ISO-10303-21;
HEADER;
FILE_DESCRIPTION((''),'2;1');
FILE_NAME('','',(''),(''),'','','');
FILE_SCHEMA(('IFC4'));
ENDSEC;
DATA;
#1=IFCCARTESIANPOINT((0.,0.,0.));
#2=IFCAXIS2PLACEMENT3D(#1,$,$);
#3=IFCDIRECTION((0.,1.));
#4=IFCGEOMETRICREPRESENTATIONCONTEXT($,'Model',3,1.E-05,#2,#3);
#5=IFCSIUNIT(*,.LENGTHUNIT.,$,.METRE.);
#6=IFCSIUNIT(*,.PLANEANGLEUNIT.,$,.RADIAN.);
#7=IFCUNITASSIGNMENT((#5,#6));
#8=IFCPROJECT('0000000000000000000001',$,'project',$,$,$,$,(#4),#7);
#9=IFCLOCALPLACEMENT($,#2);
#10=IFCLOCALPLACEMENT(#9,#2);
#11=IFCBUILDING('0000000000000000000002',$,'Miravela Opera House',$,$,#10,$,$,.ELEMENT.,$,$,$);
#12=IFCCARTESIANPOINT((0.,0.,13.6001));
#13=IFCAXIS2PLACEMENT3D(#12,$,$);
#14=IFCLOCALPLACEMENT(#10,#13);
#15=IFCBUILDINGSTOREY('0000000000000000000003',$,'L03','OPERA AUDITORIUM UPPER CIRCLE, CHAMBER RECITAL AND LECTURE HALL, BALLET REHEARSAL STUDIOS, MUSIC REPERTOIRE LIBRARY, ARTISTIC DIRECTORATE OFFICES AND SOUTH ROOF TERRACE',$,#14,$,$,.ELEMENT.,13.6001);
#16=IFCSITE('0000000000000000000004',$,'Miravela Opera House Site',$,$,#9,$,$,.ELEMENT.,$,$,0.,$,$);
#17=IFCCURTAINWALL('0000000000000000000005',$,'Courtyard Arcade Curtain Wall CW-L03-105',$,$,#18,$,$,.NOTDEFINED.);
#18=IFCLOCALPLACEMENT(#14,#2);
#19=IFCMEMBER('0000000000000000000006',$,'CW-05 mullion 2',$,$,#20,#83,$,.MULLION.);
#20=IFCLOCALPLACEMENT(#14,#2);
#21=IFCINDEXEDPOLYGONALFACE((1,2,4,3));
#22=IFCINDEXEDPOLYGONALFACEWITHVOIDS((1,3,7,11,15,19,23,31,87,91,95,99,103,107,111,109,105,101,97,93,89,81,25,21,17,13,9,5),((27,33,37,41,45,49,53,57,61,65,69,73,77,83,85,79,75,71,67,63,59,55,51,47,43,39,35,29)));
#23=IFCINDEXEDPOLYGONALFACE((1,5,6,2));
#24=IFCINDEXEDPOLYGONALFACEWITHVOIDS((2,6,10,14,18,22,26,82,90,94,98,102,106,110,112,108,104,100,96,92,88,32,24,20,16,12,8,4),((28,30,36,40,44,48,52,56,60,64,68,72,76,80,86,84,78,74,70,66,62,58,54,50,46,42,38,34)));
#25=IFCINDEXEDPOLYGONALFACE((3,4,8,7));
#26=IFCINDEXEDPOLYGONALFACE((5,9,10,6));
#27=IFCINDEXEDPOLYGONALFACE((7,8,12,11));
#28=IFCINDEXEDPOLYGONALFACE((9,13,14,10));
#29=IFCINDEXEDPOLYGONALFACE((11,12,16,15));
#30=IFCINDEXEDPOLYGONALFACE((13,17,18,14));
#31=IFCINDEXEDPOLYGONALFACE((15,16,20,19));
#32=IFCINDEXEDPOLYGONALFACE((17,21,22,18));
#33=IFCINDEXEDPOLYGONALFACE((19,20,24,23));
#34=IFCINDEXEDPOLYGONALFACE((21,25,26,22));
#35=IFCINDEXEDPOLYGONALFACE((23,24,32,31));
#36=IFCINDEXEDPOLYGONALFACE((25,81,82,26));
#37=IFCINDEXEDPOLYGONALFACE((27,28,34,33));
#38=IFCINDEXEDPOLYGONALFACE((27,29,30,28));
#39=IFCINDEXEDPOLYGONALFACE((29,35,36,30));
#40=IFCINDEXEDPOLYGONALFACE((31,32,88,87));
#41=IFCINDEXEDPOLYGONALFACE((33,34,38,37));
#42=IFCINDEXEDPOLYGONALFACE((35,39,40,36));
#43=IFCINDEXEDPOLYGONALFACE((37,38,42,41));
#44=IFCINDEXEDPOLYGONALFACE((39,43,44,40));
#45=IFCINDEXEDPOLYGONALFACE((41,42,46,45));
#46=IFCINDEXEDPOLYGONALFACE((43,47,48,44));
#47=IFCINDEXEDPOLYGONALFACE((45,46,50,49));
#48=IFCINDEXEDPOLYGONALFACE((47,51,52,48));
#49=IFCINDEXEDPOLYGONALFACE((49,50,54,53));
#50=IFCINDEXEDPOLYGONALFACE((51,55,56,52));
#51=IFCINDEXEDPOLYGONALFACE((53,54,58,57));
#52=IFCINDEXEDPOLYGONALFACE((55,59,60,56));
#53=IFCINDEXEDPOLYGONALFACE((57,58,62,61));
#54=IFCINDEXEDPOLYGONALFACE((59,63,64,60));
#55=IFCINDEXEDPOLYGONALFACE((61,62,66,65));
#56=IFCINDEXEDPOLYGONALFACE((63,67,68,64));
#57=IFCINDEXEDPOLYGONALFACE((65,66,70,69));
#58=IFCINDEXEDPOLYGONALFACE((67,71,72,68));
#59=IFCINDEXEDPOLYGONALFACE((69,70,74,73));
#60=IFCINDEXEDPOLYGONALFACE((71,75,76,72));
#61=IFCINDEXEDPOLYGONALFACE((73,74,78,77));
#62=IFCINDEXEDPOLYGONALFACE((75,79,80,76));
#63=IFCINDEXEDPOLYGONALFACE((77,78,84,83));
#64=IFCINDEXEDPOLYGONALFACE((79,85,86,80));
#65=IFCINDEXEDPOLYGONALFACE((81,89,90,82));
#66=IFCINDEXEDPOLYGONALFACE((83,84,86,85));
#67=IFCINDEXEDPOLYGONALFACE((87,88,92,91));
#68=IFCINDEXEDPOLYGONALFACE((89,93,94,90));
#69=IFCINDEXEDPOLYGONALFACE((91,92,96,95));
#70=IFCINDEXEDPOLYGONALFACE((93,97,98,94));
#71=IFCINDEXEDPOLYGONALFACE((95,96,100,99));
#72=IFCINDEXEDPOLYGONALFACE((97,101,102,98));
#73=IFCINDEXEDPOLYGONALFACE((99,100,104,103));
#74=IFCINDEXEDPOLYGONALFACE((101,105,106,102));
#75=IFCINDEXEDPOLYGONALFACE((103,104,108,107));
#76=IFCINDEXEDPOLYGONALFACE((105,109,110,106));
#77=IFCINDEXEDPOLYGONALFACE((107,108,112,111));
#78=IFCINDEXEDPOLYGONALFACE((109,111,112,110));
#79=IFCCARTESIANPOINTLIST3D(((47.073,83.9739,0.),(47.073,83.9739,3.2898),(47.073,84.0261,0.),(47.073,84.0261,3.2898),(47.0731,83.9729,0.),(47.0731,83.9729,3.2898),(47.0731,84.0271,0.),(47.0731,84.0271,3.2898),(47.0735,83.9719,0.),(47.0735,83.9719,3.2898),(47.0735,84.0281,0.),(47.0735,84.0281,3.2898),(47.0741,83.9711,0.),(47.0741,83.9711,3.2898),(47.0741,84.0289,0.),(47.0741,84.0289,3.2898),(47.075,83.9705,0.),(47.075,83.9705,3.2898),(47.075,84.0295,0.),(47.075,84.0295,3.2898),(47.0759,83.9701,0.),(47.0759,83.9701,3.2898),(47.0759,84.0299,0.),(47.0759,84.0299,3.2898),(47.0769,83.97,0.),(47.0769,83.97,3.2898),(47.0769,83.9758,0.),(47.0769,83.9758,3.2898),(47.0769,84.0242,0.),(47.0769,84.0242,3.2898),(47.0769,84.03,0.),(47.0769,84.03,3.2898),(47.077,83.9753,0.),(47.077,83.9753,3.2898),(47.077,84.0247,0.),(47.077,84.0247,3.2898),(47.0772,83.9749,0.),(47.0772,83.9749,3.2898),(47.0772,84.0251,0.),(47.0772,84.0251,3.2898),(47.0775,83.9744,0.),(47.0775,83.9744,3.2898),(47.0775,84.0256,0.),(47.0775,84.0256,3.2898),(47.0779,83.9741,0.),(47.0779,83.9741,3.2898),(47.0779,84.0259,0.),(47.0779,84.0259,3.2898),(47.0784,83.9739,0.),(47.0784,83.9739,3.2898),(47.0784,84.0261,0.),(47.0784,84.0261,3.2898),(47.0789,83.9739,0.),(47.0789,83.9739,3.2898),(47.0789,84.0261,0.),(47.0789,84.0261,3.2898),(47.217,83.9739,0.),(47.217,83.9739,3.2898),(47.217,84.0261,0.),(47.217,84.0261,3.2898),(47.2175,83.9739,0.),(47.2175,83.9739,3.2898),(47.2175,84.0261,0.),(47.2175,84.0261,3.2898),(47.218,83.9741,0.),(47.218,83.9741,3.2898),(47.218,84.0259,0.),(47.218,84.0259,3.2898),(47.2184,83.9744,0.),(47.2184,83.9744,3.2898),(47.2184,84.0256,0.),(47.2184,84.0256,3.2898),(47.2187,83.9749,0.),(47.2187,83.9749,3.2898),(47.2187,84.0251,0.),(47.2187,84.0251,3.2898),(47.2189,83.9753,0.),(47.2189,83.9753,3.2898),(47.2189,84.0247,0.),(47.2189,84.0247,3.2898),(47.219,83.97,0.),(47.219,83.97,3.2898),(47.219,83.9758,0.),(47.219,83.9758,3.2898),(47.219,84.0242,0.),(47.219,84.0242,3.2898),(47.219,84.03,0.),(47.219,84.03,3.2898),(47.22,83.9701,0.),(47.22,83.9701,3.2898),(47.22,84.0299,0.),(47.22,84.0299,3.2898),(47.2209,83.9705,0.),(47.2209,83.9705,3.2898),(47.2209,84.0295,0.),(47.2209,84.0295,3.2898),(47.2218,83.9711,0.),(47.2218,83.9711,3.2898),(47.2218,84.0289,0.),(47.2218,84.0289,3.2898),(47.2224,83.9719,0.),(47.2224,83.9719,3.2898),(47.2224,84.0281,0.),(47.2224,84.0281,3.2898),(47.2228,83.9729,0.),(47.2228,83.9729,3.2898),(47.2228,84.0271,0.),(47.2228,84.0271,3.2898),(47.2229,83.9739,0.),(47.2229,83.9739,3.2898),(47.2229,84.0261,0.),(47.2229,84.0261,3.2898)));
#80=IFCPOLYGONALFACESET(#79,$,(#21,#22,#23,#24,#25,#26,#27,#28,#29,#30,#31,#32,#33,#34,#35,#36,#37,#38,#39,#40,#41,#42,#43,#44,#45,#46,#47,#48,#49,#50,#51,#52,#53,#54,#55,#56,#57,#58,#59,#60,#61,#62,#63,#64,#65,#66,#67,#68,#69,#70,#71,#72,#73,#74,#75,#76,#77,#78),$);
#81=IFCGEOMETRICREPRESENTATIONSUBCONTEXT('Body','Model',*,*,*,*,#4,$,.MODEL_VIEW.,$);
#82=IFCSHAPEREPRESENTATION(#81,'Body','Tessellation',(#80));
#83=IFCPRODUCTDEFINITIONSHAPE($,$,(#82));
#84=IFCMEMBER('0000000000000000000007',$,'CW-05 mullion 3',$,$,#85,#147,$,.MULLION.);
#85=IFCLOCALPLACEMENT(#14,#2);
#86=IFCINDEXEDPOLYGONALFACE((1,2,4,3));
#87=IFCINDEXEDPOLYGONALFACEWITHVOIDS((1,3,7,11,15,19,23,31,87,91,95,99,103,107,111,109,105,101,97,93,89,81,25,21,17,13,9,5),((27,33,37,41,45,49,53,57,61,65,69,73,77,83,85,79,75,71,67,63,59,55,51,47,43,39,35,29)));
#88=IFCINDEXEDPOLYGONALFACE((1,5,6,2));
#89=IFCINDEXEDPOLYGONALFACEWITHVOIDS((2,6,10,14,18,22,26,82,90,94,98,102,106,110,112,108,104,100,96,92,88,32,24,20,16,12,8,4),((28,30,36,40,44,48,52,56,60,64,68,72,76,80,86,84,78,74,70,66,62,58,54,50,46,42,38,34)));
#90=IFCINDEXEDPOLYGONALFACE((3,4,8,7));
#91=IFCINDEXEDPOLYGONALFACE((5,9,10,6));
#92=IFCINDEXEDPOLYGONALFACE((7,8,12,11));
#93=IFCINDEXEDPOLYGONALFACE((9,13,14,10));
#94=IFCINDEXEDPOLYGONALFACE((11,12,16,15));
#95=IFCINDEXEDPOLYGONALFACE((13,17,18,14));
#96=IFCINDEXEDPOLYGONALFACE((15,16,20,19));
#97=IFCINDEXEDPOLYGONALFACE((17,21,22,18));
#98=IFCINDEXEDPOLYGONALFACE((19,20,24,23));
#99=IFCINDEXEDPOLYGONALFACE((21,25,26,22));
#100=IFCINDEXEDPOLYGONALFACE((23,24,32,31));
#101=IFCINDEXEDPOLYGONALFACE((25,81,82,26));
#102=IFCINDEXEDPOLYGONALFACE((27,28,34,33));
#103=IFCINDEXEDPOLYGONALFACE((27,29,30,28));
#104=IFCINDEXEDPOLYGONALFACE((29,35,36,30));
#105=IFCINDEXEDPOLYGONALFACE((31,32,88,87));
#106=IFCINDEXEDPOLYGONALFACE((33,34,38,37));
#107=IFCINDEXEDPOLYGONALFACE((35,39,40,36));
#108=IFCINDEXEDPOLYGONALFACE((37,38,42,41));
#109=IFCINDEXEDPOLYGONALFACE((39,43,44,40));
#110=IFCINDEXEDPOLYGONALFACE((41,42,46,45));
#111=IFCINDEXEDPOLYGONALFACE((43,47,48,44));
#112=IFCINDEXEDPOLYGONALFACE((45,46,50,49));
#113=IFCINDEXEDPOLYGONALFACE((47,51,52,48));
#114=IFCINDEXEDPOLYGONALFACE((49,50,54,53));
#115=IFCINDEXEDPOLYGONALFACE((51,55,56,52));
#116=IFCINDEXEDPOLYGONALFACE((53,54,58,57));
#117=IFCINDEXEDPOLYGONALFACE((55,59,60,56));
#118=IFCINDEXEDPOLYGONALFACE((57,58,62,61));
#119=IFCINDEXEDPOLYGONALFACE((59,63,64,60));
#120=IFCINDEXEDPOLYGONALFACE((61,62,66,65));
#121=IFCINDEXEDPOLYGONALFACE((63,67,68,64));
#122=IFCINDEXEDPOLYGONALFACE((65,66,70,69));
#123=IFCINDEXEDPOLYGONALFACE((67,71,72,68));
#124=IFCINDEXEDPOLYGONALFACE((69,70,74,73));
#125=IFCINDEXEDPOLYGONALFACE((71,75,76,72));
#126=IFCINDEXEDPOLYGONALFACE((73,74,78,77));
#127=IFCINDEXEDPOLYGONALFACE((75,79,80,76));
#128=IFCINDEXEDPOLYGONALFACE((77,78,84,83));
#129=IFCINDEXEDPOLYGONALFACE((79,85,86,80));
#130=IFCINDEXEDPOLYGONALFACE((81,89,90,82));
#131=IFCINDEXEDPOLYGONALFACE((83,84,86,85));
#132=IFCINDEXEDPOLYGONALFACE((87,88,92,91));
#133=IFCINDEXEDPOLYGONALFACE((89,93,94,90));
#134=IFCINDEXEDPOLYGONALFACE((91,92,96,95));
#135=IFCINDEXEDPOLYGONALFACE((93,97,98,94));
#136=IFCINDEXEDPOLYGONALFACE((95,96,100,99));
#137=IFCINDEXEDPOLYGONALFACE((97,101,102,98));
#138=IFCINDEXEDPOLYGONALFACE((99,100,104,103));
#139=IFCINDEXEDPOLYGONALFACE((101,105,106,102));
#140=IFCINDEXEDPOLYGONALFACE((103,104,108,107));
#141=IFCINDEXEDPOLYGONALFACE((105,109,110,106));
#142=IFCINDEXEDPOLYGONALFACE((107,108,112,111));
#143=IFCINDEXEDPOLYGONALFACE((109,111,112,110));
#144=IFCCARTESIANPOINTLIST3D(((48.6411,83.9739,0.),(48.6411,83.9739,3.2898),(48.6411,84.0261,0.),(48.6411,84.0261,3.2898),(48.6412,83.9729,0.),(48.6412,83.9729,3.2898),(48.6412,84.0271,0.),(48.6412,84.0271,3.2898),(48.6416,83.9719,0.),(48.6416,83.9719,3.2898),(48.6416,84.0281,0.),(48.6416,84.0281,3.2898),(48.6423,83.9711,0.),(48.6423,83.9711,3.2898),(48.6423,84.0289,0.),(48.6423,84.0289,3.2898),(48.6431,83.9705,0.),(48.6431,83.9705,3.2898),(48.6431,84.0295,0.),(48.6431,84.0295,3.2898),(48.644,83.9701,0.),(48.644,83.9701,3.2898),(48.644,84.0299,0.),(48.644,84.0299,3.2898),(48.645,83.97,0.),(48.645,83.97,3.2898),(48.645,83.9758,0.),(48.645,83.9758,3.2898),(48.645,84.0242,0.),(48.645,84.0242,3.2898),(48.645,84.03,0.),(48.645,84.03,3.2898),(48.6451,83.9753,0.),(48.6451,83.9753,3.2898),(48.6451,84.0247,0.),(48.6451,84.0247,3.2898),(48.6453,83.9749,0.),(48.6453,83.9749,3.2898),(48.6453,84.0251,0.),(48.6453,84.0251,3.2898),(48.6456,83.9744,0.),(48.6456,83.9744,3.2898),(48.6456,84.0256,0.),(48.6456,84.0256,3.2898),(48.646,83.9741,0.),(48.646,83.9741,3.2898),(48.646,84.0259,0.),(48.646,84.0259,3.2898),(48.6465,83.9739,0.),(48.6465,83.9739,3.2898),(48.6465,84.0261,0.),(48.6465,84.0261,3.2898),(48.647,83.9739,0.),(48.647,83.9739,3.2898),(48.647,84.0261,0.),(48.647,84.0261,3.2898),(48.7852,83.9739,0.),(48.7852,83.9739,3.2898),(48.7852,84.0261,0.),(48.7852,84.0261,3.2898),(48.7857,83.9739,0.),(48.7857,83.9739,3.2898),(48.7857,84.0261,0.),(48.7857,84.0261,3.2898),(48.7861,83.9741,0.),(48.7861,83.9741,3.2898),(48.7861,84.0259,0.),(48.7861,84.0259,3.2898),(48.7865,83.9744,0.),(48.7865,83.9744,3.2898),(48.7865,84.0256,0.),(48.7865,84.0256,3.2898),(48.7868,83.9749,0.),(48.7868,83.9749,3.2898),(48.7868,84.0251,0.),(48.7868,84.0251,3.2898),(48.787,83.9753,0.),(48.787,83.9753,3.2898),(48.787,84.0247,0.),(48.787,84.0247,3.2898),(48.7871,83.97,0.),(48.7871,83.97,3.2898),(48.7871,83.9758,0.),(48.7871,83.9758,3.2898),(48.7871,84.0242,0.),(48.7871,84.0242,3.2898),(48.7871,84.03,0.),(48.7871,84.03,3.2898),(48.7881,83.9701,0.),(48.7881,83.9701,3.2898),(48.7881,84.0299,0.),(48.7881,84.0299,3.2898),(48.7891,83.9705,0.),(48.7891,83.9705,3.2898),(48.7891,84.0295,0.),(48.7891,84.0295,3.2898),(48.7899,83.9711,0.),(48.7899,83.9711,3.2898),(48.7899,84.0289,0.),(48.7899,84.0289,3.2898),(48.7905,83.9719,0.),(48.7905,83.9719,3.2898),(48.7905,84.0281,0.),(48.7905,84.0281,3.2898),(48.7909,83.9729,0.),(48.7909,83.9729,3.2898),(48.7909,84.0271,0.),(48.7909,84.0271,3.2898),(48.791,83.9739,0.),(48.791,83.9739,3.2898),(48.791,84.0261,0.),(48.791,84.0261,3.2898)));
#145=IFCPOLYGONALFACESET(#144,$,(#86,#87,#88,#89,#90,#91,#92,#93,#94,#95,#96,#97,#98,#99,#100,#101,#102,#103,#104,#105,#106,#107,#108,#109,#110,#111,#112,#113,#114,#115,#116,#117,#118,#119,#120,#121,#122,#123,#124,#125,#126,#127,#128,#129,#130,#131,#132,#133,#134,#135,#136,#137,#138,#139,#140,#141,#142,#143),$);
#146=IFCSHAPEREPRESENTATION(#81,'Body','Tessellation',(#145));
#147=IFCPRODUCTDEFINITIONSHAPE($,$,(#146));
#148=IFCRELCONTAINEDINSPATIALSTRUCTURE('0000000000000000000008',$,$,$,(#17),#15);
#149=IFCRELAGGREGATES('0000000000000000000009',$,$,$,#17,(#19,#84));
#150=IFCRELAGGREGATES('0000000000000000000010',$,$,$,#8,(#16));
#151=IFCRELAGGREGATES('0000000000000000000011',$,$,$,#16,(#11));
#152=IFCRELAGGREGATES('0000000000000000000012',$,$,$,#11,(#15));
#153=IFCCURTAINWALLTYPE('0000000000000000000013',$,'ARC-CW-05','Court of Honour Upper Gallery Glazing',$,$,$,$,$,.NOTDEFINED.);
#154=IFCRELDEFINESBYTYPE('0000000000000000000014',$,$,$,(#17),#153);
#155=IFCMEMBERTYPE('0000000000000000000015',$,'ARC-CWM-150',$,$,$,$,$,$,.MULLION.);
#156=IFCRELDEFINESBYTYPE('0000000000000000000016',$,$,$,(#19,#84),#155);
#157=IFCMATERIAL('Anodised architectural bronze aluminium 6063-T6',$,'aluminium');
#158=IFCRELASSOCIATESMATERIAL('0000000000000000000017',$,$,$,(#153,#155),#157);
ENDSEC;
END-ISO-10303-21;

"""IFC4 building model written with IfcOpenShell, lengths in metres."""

from ifc_helpers import new_model, si_unit, direction, frame, origin, origin_2d, place, context, subcontext, project, spatial, hollow_rectangle, extrude, material, material_profile, profile_set, type_object, element, aggregate, save


model = new_model("IFC4")

# Units and contexts
model_context = context("Model", 3, precision=1e-05, world=origin(), true_north=direction((0.0, 1.0)))
body_context = subcontext(model_context, "Body", "Model", "MODEL_VIEW")
ifc_project = project(units=[si_unit("LENGTHUNIT", "METRE"), si_unit("PLANEANGLEUNIT", "RADIAN")], contexts=[model_context])

# Site, building, storey
site_placement = place(None, origin())
site = spatial("IfcSite", under=ifc_project, at=site_placement, Name="Miravela Opera House Site", CompositionType="ELEMENT", RefElevation=0.0)
building_placement = place(site_placement, origin())
building = spatial("IfcBuilding", under=site, at=building_placement, Name="Miravela Opera House", CompositionType="ELEMENT")
storey_placement = place(building_placement, frame((0.0, 0.0, 13.6001)))
storey = spatial("IfcBuildingStorey", under=building, at=storey_placement, Name="L03", Description="OPERA AUDITORIUM UPPER CIRCLE, CHAMBER RECITAL AND LECTURE HALL, BALLET REHEARSAL STUDIOS, MUSIC REPERTOIRE LIBRARY, ARTISTIC DIRECTORATE OFFICES AND SOUTH ROOF TERRACE", CompositionType="ELEMENT", Elevation=13.6001)

# Shared definitions
ifc_material_1 = material(Name="Anodised architectural bronze aluminium 6063-T6", Category="aluminium")
curtain_wall_type = type_object("IfcCurtainWallType", Name="ARC-CW-05", Description="Court of Honour Upper Gallery Glazing", PredefinedType="NOTDEFINED", material=ifc_material_1)
ifc_material_profile_1 = material_profile(ifc_material_1, hollow_rectangle(XDim=0.0601, YDim=0.1499, WallThickness=0.0039, InnerFilletRadius=0.002, OuterFilletRadius=0.0039, at=origin_2d()), Name="CWM-60X150")
ifc_profile_set_1 = profile_set([ifc_material_profile_1])
member_type_1 = type_object("IfcMemberType", Name="ARC-CWM-150", PredefinedType="MULLION", material=ifc_profile_set_1)

# Curtain wall, members
curtain_wall_1_placement = place(storey_placement, origin())
curtain_wall_1 = element("IfcCurtainWall", 1, at=curtain_wall_1_placement, inside=storey, type_object=curtain_wall_type, Name="Courtyard Arcade Curtain Wall CW-L03-105", PredefinedType="NOTDEFINED")
member_1_placement = place(storey_placement, frame((47.1479, 84.0, 0.0), z_axis=(0.0, 0.0, 1.0), x_axis=(0.0, 1.0, 0.0)))
member_1 = element("IfcMember", 2, at=member_1_placement, type_object=member_type_1, Name="CW-05 mullion 2", PredefinedType="MULLION", context=body_context, shape_type="SweptSolid", body=[
    extrude(hollow_rectangle(XDim=0.0601, YDim=0.1499, WallThickness=0.0039, InnerFilletRadius=0.002, OuterFilletRadius=0.0039, at=origin_2d()), origin(), (0.0, 0.0, 1.0), 3.2898),
])
member_2_placement = place(storey_placement, frame((48.7161, 84.0, 0.0), z_axis=(0.0, 0.0, 1.0), x_axis=(0.0, 1.0, 0.0)))
member_2 = element("IfcMember", 3, at=member_2_placement, type_object=member_type_1, Name="CW-05 mullion 3", PredefinedType="MULLION", context=body_context, shape_type="SweptSolid", body=[
    extrude(hollow_rectangle(XDim=0.0601, YDim=0.1499, WallThickness=0.0039, InnerFilletRadius=0.002, OuterFilletRadius=0.0039, at=origin_2d()), origin(), (0.0, 0.0, 1.0), 3.2898),
])

aggregate(curtain_wall_1, [member_1, member_2])

save(model, "model.ifc")
